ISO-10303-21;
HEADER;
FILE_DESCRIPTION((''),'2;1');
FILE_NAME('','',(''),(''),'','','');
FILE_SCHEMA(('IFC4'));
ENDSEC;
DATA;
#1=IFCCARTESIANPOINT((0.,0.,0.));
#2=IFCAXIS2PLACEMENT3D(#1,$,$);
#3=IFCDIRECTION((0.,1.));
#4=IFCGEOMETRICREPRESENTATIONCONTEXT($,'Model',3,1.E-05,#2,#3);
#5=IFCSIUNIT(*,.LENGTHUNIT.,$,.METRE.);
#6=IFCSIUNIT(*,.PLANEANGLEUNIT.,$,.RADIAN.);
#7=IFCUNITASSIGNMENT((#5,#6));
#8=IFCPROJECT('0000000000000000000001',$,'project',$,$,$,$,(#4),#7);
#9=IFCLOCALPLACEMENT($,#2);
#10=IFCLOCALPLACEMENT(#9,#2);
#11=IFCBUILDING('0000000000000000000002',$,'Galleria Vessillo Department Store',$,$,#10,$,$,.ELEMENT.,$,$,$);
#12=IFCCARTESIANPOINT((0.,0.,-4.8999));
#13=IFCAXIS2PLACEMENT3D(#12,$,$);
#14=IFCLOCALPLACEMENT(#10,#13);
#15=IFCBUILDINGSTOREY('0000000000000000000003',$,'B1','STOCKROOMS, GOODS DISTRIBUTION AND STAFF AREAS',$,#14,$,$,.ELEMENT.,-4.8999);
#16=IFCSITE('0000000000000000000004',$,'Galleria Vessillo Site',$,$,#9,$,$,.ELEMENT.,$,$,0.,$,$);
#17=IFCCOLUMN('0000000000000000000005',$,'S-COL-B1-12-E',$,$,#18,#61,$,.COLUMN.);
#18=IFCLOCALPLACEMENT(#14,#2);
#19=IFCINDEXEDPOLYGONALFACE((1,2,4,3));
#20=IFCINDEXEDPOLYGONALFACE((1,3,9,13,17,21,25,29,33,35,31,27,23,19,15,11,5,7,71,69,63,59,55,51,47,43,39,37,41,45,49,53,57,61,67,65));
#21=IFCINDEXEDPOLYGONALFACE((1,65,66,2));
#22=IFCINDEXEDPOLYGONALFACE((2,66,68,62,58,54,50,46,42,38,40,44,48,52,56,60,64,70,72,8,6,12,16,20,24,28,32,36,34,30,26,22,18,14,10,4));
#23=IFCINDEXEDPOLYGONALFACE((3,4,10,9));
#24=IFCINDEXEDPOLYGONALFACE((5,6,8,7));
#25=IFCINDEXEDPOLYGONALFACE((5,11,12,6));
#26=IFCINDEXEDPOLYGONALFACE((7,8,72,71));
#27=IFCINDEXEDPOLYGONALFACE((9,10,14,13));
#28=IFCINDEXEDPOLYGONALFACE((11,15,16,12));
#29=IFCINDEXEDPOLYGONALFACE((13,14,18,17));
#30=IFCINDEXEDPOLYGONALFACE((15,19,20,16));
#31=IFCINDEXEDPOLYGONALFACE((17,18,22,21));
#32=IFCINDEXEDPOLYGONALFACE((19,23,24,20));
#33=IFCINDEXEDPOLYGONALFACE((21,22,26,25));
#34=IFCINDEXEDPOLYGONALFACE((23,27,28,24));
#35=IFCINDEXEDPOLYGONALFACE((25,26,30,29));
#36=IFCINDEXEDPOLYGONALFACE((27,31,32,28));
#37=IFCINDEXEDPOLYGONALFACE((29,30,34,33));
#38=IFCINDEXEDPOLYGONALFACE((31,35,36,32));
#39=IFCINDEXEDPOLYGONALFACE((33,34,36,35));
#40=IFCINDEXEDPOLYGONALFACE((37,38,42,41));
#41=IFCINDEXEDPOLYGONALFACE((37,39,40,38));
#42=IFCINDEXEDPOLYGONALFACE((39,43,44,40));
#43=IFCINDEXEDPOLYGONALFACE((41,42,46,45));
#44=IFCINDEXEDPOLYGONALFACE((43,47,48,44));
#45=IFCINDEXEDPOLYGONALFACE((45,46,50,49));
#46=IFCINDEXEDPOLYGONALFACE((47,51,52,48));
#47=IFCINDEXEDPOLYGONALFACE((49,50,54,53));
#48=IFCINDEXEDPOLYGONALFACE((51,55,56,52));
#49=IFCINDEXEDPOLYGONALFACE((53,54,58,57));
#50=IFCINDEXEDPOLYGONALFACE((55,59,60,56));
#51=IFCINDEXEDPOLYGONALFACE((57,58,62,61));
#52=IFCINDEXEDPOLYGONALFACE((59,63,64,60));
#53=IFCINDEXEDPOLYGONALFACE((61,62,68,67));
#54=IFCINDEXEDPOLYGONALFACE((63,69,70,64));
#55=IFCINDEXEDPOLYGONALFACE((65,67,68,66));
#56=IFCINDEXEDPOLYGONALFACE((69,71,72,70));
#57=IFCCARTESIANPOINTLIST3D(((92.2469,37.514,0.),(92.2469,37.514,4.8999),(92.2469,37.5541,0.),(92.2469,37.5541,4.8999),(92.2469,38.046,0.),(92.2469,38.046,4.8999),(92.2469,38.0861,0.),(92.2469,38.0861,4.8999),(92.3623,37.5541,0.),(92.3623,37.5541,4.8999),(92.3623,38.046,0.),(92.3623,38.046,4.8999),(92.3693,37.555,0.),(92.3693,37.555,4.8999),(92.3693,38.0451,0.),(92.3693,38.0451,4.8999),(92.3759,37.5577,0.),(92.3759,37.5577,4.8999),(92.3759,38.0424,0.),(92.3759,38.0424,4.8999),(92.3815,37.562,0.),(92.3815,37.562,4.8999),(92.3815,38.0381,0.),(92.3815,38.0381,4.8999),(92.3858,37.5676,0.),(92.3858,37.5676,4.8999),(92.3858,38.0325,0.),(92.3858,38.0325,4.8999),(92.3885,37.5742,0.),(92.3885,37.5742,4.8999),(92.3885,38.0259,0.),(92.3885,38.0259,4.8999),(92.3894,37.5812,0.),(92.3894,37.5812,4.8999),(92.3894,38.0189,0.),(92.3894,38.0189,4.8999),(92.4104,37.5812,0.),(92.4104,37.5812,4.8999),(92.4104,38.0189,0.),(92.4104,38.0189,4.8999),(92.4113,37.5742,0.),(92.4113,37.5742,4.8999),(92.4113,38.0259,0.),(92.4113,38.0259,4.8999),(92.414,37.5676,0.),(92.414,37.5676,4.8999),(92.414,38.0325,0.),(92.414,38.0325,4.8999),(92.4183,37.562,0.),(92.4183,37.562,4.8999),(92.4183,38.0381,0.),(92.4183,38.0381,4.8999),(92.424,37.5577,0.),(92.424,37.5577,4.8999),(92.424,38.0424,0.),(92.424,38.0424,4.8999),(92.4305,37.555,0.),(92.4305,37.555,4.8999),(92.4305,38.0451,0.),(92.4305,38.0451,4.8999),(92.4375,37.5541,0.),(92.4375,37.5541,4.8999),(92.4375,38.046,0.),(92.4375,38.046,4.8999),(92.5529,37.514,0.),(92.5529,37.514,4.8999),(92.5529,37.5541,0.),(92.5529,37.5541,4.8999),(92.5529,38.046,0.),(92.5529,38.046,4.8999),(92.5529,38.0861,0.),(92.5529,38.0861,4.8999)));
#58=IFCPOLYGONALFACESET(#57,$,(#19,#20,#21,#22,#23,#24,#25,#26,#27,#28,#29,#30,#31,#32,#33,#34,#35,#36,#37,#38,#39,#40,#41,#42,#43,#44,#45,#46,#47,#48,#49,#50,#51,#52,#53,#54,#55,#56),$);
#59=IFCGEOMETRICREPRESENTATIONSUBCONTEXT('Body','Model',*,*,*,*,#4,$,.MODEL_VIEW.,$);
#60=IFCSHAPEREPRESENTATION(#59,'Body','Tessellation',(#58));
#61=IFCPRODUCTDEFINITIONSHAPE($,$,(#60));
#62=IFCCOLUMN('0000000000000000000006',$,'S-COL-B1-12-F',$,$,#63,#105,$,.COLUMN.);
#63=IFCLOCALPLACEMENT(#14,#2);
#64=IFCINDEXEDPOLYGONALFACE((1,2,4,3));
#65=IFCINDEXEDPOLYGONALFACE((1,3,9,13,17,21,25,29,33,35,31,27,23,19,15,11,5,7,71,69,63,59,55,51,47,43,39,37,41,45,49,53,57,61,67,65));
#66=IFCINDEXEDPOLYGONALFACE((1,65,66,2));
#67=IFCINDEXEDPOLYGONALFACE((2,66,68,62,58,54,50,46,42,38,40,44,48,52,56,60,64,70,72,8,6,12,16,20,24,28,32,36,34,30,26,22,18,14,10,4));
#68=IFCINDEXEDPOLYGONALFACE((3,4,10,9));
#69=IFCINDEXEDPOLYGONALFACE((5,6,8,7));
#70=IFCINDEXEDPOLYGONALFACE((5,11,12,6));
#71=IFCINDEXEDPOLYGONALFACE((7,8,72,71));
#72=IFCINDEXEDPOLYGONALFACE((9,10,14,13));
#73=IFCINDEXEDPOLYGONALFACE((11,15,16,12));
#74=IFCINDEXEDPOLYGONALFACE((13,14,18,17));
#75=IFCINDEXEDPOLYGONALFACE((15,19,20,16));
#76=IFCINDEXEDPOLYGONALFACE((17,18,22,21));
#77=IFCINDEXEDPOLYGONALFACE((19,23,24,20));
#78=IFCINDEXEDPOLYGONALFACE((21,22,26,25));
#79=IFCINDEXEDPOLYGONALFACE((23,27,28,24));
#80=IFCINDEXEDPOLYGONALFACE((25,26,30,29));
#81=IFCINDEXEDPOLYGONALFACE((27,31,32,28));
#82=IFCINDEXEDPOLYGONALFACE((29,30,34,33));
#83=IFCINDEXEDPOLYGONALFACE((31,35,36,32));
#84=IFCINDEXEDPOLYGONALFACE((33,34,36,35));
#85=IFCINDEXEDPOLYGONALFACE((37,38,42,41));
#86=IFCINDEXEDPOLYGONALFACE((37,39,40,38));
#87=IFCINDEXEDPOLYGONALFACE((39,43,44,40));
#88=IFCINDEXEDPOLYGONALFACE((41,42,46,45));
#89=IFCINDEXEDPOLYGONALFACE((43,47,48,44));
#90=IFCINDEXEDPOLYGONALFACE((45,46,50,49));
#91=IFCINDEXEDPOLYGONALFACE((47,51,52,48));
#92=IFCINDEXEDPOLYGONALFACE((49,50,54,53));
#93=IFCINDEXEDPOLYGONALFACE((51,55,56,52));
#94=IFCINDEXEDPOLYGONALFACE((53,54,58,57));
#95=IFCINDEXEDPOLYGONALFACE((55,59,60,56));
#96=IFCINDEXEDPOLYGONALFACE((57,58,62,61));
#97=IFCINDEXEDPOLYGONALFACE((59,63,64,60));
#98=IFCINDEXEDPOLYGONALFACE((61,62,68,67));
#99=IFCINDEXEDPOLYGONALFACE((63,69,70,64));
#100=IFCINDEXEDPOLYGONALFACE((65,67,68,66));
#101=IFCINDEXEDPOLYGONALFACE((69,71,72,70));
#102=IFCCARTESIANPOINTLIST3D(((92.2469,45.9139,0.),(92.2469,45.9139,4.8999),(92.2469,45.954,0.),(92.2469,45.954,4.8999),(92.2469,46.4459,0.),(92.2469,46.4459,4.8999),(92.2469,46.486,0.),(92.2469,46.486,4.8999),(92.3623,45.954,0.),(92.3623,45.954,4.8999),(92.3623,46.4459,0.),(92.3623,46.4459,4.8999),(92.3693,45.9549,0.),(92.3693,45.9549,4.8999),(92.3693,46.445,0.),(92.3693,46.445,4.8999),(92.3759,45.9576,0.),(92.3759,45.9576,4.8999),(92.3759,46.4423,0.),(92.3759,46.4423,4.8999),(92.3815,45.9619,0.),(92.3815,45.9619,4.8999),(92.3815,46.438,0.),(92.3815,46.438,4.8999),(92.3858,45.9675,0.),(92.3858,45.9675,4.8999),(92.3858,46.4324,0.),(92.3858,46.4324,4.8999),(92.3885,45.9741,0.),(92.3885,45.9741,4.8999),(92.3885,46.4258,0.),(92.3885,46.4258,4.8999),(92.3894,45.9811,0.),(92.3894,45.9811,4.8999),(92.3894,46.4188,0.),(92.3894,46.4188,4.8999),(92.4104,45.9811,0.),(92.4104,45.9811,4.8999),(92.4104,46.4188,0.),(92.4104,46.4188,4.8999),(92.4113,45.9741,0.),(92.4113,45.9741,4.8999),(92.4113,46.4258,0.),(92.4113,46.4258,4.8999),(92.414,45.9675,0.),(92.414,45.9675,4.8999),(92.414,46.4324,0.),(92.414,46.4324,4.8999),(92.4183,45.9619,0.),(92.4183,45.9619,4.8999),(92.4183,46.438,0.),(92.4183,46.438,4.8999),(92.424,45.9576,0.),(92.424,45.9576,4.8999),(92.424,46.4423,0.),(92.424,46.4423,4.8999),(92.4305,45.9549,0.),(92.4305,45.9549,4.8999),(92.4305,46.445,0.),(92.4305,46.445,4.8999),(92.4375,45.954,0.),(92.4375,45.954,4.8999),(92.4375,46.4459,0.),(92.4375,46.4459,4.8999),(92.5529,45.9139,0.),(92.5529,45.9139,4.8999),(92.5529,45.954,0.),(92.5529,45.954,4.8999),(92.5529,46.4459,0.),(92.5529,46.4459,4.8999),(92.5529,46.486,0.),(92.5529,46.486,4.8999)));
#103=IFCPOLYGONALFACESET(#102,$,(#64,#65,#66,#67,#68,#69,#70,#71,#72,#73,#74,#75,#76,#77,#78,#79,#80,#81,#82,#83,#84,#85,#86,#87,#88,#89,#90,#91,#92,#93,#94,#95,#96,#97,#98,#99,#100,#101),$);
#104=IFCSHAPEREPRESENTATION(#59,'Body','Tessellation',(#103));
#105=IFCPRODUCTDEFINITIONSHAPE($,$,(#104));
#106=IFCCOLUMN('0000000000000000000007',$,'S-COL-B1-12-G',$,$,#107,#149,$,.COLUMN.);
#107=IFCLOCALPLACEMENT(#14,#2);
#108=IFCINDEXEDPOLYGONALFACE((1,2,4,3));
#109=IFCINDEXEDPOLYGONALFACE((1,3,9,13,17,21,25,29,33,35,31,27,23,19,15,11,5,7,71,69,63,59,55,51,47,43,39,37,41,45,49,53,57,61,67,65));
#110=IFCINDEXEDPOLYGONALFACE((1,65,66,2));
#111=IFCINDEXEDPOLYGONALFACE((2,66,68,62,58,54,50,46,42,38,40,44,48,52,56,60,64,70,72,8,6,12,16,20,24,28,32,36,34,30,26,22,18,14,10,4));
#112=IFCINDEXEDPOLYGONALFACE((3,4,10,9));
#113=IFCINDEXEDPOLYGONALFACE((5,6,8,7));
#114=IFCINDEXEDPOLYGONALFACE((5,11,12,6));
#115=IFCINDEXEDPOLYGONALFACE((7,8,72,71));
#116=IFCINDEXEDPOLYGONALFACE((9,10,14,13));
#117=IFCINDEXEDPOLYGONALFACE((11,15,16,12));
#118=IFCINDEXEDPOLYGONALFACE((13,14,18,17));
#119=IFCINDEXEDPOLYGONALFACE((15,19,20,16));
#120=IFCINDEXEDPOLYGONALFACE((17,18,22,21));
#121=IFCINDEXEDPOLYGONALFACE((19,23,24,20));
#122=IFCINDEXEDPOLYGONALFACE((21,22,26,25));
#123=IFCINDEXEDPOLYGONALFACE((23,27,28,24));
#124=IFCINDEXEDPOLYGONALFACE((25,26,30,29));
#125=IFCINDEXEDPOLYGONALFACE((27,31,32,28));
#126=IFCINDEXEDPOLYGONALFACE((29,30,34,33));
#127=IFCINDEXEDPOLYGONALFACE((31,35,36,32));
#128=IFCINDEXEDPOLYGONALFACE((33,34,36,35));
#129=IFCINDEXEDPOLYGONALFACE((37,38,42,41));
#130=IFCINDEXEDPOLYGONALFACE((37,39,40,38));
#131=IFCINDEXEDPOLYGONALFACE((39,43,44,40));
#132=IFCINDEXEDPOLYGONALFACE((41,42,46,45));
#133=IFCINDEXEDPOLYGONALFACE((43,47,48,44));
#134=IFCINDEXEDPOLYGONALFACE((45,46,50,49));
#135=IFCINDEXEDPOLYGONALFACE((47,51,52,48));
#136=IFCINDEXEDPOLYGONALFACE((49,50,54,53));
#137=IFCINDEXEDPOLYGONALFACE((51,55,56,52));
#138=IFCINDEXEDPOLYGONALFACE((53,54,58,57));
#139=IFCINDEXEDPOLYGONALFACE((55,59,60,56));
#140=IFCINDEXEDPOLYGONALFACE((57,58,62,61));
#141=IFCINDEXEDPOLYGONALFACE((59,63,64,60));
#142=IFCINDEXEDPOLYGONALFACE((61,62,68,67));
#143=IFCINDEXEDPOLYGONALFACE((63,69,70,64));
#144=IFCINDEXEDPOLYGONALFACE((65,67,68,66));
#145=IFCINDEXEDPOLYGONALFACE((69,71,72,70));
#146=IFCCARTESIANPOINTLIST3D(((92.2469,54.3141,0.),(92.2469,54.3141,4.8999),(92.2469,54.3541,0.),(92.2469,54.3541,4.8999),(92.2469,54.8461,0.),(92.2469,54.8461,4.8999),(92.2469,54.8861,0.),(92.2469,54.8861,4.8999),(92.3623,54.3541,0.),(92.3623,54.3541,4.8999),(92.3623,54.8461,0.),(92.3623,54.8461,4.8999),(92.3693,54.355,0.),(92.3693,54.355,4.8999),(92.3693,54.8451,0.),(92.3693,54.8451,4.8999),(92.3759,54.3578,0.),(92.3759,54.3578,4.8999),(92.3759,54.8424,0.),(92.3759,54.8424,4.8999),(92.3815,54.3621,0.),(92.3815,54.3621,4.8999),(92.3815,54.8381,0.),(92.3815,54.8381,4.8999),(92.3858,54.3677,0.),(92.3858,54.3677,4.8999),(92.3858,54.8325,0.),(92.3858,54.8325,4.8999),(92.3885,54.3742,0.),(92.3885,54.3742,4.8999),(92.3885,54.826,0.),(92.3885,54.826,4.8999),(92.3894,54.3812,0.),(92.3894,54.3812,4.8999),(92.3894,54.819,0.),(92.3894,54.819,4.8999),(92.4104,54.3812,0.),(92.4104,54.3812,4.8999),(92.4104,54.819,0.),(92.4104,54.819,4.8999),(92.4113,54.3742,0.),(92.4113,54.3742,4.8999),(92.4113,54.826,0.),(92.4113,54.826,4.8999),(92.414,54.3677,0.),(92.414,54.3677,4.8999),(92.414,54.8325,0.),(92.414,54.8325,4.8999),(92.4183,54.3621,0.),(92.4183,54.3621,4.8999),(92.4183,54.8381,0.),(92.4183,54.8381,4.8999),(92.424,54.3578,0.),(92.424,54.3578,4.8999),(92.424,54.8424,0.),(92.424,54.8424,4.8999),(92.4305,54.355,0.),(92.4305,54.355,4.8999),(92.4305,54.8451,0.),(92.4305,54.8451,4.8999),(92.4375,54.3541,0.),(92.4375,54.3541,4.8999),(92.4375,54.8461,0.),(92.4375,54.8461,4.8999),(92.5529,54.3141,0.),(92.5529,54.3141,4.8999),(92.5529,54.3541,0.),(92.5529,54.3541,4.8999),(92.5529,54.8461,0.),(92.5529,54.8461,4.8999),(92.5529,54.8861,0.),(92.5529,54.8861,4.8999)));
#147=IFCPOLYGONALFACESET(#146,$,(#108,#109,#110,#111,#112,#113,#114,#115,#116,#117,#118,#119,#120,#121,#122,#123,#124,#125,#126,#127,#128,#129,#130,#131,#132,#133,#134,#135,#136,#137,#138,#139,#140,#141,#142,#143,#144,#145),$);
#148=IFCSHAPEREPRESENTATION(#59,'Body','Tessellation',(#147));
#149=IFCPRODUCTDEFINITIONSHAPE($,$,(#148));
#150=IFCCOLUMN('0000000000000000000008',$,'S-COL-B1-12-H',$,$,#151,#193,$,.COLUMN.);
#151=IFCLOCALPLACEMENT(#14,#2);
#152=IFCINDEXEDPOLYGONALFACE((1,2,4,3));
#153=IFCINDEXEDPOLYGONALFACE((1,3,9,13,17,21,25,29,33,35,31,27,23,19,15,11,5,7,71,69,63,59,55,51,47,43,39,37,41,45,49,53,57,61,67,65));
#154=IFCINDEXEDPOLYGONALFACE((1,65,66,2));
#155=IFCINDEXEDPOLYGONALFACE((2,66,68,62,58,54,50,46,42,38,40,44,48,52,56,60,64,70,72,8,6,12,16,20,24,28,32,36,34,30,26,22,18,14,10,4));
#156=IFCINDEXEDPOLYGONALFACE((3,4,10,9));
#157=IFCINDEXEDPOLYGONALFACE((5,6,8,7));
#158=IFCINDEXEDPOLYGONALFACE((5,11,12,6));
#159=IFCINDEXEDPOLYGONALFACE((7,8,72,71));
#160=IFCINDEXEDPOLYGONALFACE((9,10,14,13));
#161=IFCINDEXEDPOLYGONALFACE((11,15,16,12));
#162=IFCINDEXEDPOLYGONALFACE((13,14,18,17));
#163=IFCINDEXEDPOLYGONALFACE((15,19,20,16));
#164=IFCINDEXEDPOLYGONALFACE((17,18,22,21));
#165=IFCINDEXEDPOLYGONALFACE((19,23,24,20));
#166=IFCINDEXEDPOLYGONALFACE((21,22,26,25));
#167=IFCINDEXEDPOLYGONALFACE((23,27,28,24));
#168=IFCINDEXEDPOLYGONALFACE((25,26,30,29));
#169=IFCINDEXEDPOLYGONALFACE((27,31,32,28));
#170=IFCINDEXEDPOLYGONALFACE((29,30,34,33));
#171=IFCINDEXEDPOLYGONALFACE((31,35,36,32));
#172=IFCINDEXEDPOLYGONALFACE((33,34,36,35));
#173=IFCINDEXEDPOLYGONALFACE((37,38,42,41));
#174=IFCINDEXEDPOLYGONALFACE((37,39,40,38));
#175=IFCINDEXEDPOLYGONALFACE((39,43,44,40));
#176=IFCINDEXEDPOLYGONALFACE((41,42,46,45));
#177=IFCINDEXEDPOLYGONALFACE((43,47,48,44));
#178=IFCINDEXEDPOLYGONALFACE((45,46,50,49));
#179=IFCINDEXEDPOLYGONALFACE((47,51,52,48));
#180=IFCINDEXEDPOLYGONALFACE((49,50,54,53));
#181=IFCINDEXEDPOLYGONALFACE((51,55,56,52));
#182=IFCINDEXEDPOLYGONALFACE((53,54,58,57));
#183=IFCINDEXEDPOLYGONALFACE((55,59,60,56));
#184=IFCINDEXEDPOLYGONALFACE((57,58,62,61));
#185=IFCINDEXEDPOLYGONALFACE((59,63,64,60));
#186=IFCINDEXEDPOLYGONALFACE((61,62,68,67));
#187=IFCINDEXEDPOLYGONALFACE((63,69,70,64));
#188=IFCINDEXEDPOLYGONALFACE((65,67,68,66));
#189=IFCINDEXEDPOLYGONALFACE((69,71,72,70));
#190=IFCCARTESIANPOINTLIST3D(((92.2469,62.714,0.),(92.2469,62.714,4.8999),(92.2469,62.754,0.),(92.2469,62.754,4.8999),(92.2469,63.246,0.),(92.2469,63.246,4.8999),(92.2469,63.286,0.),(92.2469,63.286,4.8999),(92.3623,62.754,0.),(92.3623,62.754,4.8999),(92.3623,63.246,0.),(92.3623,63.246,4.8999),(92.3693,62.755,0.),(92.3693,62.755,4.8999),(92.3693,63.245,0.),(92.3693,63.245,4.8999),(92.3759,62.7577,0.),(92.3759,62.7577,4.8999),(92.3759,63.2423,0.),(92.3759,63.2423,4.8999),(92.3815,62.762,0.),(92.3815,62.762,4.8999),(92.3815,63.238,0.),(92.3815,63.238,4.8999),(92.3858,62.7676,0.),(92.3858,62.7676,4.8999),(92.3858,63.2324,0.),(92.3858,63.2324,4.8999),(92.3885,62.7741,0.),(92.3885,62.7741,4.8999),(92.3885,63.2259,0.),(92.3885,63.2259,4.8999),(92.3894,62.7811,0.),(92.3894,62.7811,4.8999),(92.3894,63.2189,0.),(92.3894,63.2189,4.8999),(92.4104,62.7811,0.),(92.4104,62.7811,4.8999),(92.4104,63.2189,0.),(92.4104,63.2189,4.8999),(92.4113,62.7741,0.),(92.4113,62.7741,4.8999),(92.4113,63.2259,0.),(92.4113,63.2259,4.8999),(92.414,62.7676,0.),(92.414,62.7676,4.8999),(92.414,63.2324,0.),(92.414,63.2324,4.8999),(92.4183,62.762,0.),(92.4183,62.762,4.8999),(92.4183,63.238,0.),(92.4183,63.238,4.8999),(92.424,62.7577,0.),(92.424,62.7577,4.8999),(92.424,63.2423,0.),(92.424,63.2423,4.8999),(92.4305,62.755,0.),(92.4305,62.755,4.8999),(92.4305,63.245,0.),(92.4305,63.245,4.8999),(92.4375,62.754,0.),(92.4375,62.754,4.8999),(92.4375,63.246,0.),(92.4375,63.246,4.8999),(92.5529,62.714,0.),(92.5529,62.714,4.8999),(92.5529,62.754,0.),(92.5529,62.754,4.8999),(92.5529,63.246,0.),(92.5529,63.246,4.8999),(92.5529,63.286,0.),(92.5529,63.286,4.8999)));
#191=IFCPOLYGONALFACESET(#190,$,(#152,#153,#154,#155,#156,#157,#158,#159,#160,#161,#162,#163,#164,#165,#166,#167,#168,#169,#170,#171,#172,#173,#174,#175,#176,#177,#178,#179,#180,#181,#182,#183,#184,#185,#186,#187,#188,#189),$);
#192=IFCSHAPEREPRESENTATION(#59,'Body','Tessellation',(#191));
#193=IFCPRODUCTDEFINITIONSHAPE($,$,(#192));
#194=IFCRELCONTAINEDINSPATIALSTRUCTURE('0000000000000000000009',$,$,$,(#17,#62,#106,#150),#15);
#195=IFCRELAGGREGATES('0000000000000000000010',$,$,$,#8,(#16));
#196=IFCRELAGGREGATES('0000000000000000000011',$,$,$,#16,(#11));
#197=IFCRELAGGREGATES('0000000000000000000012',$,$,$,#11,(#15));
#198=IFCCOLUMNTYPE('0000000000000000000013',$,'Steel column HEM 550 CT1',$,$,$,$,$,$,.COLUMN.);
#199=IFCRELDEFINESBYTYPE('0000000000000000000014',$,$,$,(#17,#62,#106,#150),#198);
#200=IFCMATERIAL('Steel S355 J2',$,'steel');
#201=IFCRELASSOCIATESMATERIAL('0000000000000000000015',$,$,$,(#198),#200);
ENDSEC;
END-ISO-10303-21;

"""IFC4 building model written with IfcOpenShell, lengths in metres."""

from ifc_helpers import new_model, si_unit, direction, frame, origin, origin_2d, place, context, subcontext, project, spatial, i_section, extrude, material, material_profile, profile_set, type_object, element, save


model = new_model("IFC4")

# Units and contexts
model_context = context("Model", 3, precision=1e-05, world=origin(), true_north=direction((0.0, 1.0)))
body_context = subcontext(model_context, "Body", "Model", "MODEL_VIEW")
ifc_project = project(units=[si_unit("LENGTHUNIT", "METRE"), si_unit("PLANEANGLEUNIT", "RADIAN")], contexts=[model_context])

# Site, building, storey
site_placement = place(None, origin())
site = spatial("IfcSite", under=ifc_project, at=site_placement, Name="Galleria Vessillo Site", CompositionType="ELEMENT", RefElevation=0.0)
building_placement = place(site_placement, origin())
building = spatial("IfcBuilding", under=site, at=building_placement, Name="Galleria Vessillo Department Store", CompositionType="ELEMENT")
storey_placement = place(building_placement, frame((0.0, 0.0, -4.8999)))
storey = spatial("IfcBuildingStorey", under=building, at=storey_placement, Name="B1", Description="STOCKROOMS, GOODS DISTRIBUTION AND STAFF AREAS", CompositionType="ELEMENT", Elevation=-4.8999)

# Columns
ifc_material_1 = material(Name="Steel S355 J2", Category="steel")
ifc_material_profile = material_profile(ifc_material_1, i_section(OverallWidth=0.3059, OverallDepth=0.572, WebThickness=0.021, FlangeThickness=0.04, FilletRadius=0.0271, at=origin_2d()), Name="HEM 550")
ifc_profile_set = profile_set([ifc_material_profile], Name="Steel S355 J2")
column_type = type_object("IfcColumnType", Name="Steel column HEM 550 CT1", PredefinedType="COLUMN", material=ifc_profile_set)
for number, where, z_axis, x_axis, name in (
    (1, (92.3999, 37.8, 0.0), (0.0, 0.0, 1.0), (1.0, 0.0, 0.0), "S-COL-B1-12-E"),
    (2, (92.3999, 46.2, 0.0), (0.0, 0.0, 1.0), (1.0, 0.0, 0.0), "S-COL-B1-12-F"),
    (3, (92.3999, 54.6001, 0.0), (0.0, 0.0, 1.0), (1.0, 0.0, 0.0), "S-COL-B1-12-G"),
    (4, (92.3999, 63.0, 0.0), (0.0, 0.0, 1.0), (1.0, 0.0, 0.0), "S-COL-B1-12-H"),
):
    element("IfcColumn", number, at=place(storey_placement, frame(where, z_axis=z_axis, x_axis=x_axis)), inside=storey, type_object=column_type, Name=name, PredefinedType="COLUMN", context=body_context, shape_type="SweptSolid", body=[
        extrude(i_section(OverallWidth=0.3059, OverallDepth=0.572, WebThickness=0.021, FlangeThickness=0.04, FilletRadius=0.0271, at=origin_2d()), origin(), (0.0, 0.0, 1.0), 4.8999),
    ])

save(model, "model.ifc")
